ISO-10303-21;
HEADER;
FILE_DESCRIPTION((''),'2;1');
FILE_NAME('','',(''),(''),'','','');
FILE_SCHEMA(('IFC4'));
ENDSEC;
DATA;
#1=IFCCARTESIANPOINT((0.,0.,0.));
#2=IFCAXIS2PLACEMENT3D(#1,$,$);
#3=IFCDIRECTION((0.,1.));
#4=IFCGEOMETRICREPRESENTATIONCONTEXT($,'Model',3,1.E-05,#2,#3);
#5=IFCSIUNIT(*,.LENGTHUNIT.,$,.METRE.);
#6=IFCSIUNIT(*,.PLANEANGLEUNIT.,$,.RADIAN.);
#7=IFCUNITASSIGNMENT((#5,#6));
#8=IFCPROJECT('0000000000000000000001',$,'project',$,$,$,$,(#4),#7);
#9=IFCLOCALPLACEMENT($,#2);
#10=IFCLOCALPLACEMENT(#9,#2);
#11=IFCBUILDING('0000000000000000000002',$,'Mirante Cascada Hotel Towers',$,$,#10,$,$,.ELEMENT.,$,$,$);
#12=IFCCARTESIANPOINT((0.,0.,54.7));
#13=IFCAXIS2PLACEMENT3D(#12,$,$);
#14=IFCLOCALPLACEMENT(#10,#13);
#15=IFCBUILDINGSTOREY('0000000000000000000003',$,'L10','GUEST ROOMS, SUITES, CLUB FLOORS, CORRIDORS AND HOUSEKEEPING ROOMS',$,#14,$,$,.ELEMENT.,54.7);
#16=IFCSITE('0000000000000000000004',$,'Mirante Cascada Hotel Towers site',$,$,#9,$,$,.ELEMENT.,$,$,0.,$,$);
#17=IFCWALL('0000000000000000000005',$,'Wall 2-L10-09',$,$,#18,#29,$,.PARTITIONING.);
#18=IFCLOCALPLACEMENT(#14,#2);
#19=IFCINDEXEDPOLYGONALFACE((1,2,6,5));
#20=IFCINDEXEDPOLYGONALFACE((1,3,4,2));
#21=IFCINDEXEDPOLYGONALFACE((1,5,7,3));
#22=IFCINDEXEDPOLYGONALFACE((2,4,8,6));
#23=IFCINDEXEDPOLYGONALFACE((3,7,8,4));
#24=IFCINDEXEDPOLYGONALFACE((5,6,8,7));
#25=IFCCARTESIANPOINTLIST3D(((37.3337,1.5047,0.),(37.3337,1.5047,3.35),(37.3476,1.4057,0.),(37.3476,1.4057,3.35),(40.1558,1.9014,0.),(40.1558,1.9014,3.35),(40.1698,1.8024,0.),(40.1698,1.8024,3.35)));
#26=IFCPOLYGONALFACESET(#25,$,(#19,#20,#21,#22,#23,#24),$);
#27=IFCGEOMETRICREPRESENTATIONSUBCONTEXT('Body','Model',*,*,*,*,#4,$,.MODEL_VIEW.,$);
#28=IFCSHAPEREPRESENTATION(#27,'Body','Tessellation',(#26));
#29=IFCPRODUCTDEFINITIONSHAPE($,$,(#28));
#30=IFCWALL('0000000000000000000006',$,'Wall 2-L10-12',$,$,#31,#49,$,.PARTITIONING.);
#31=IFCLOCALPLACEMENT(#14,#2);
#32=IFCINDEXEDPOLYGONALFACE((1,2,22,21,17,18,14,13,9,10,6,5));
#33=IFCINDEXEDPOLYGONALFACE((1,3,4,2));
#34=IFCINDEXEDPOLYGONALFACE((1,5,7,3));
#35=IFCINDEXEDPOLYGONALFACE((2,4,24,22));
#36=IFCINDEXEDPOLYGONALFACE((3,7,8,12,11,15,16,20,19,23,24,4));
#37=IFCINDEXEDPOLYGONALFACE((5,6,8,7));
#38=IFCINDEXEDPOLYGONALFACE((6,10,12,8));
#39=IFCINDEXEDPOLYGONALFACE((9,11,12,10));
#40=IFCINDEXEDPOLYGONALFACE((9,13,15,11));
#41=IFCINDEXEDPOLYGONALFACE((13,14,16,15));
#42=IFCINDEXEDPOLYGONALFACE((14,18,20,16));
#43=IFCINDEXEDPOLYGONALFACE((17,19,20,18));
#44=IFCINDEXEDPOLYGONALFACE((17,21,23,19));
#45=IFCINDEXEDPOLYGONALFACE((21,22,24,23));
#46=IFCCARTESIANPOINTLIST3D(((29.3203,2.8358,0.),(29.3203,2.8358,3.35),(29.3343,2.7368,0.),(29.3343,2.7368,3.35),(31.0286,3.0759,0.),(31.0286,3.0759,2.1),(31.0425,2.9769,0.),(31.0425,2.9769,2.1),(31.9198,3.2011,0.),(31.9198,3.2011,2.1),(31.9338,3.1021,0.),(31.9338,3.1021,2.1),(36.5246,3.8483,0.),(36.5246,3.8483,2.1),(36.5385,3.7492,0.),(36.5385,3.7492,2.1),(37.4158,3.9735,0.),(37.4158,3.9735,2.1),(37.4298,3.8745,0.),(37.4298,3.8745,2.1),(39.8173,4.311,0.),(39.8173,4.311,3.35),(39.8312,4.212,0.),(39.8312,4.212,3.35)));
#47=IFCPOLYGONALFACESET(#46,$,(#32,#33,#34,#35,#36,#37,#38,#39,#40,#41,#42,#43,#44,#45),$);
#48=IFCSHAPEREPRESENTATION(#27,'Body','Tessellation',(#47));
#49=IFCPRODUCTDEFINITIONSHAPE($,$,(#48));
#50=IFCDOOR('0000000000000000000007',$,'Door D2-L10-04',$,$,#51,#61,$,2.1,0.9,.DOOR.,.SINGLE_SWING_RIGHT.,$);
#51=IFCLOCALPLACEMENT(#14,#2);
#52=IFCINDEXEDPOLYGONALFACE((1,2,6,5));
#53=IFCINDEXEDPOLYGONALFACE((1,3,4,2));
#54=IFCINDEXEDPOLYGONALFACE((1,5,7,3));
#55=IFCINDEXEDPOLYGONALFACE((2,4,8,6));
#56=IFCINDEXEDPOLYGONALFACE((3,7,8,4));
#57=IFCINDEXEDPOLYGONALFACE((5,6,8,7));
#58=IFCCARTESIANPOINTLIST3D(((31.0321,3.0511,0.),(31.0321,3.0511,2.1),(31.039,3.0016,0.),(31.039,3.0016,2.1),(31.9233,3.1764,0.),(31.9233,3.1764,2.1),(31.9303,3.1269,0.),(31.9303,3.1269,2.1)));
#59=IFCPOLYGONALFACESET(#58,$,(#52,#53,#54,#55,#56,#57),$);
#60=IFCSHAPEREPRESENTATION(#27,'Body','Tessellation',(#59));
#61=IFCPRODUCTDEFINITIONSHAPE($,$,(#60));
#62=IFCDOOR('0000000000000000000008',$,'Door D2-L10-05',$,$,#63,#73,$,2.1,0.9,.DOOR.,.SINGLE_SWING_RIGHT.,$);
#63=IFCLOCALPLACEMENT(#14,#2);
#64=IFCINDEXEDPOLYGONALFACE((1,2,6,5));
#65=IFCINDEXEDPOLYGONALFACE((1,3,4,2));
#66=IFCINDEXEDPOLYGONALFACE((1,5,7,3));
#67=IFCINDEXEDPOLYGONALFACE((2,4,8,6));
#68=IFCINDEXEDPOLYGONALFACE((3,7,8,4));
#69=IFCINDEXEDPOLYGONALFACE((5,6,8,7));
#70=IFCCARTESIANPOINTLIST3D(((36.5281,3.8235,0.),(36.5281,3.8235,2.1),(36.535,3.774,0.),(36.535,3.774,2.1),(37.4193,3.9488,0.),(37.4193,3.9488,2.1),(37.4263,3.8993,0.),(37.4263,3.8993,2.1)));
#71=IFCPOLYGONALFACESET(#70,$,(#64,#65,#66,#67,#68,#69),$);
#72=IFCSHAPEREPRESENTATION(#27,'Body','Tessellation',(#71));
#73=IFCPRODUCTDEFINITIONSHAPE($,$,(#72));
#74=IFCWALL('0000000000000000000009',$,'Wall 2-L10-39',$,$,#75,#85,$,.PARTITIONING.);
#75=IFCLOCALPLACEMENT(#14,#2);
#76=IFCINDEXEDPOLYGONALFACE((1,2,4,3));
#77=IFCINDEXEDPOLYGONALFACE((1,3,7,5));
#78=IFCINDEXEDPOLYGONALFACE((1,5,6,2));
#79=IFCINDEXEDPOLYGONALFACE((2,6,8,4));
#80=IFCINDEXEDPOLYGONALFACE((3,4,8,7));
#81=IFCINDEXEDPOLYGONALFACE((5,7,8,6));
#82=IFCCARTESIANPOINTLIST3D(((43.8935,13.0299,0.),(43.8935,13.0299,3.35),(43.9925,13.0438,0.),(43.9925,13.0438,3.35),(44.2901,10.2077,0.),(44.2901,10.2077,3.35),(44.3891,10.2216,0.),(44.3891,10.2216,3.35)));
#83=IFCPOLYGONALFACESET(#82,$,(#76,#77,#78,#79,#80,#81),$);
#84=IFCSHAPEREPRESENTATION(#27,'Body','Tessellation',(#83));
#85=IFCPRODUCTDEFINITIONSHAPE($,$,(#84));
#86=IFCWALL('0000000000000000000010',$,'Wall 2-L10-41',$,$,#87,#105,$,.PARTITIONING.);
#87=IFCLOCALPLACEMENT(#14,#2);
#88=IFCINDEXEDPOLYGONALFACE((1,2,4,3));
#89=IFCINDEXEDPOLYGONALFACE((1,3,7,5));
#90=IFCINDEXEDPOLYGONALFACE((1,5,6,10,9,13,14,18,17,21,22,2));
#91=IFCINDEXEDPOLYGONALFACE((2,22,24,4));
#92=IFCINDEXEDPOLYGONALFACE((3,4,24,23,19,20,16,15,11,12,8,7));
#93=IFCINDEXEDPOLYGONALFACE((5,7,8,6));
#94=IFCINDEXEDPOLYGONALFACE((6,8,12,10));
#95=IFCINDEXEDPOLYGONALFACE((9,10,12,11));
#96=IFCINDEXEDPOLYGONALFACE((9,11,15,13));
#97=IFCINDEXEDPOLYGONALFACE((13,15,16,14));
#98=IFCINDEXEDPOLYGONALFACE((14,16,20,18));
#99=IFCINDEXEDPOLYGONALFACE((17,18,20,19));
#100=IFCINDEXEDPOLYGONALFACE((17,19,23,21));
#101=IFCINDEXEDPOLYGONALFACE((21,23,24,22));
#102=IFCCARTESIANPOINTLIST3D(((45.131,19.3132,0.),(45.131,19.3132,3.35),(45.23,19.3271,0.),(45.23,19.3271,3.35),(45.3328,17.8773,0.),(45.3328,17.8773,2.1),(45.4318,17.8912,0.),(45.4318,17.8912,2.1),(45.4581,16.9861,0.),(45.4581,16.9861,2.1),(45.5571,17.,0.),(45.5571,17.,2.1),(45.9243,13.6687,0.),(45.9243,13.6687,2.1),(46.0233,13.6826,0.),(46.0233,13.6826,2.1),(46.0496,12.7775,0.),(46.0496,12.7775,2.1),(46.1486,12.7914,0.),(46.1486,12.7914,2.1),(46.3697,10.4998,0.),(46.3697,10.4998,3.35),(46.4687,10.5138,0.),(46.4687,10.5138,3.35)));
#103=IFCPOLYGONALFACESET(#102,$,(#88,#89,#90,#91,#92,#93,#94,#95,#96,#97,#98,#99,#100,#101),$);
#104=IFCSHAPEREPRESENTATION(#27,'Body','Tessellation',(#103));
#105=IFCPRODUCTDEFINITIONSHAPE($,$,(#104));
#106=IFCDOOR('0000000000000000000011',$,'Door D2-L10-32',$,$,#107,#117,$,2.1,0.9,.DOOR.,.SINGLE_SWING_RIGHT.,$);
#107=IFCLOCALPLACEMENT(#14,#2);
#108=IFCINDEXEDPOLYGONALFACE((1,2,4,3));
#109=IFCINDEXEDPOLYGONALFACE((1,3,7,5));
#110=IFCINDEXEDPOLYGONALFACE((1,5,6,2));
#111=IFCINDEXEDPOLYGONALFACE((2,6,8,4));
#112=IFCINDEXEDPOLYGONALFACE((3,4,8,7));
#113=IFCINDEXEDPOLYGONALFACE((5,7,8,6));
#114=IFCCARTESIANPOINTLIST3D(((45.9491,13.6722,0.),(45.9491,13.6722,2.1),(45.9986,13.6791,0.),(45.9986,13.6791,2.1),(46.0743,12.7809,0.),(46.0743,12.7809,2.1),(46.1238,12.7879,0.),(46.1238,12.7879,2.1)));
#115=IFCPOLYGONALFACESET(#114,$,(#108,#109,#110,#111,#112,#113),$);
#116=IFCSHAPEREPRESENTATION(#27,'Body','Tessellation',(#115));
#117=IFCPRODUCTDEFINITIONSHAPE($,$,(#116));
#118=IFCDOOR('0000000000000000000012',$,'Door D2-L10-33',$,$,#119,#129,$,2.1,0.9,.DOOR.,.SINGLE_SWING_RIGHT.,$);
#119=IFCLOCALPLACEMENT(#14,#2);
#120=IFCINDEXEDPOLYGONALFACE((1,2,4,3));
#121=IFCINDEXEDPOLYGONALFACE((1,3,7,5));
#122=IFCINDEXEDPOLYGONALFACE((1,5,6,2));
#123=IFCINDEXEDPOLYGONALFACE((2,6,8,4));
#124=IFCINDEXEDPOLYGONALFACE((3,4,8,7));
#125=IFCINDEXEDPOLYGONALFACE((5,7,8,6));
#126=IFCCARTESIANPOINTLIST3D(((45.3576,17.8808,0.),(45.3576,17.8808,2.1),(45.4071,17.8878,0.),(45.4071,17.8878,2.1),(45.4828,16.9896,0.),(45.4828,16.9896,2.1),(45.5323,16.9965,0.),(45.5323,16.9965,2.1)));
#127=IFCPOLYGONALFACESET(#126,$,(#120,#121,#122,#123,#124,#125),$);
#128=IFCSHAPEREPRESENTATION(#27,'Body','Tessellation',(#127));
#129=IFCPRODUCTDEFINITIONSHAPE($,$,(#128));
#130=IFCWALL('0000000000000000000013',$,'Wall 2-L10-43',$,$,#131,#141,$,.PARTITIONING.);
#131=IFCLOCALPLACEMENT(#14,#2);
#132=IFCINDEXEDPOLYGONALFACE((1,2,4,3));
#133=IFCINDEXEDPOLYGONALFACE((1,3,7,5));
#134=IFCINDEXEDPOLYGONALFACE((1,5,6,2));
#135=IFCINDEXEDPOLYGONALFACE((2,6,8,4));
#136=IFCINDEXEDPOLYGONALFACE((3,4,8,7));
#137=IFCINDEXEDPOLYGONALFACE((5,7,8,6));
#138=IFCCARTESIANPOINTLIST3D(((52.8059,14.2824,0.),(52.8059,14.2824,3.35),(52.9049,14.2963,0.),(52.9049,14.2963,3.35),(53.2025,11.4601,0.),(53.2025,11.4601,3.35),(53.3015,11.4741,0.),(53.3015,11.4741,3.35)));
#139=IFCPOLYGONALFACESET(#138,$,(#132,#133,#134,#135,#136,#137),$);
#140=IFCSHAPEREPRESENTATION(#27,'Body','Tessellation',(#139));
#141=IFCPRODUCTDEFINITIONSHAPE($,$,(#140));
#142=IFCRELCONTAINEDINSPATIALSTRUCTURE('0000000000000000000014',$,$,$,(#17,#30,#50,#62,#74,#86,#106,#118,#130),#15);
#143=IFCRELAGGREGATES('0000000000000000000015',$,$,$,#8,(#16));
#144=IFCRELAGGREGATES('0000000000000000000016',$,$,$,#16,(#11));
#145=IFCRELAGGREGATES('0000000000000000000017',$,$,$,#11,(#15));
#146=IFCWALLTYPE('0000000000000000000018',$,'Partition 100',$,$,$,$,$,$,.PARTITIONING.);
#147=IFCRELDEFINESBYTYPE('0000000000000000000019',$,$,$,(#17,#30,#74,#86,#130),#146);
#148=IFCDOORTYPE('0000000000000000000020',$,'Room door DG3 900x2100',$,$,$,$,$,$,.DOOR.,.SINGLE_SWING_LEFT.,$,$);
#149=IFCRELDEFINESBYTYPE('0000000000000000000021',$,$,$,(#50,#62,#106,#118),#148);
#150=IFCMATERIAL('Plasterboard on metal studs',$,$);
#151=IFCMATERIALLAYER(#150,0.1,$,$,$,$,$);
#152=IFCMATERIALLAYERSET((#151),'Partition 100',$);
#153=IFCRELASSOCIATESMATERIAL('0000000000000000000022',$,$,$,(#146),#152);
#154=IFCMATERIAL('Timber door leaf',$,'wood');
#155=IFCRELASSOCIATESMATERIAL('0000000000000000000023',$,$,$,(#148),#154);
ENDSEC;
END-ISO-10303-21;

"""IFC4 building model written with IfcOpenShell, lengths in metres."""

from ifc_helpers import new_model, si_unit, direction, frame, frame_2d, origin, place, context, subcontext, project, spatial, rectangle, extrude, material, layer, layer_set, type_object, element, fill, save


model = new_model("IFC4")

# Units and contexts
model_context = context("Model", 3, precision=1e-05, world=origin(), true_north=direction((0.0, 1.0)))
body_context = subcontext(model_context, "Body", "Model", "MODEL_VIEW")
ifc_project = project(units=[si_unit("LENGTHUNIT", "METRE"), si_unit("PLANEANGLEUNIT", "RADIAN")], contexts=[model_context])

# Site, building, storey
site_placement = place(None, origin())
site = spatial("IfcSite", under=ifc_project, at=site_placement, Name="Mirante Cascada Hotel Towers site", CompositionType="ELEMENT", RefElevation=0.0)
building_placement = place(site_placement, origin())
building = spatial("IfcBuilding", under=site, at=building_placement, Name="Mirante Cascada Hotel Towers", CompositionType="ELEMENT")
storey_placement = place(building_placement, frame((0.0, 0.0, 54.7)))
storey = spatial("IfcBuildingStorey", under=building, at=storey_placement, Name="L10", Description="GUEST ROOMS, SUITES, CLUB FLOORS, CORRIDORS AND HOUSEKEEPING ROOMS", CompositionType="ELEMENT", Elevation=54.7)

# Wall
ifc_material_1 = material(Name="Plasterboard on metal studs")
ifc_layer_1 = layer(ifc_material_1, 0.1)
ifc_layer_set_1 = layer_set([ifc_layer_1], Name="Partition 100")
wall_type_1 = type_object("IfcWallType", Name="Partition 100", PredefinedType="PARTITIONING", material=ifc_layer_set_1)
wall_1_placement = place(storey_placement, frame((37.3406, 1.4552, 0.0), z_axis=(0.0, 0.0, 1.0), x_axis=(0.990265, 0.139196, 0.0)))
element("IfcWall", 1, at=wall_1_placement, inside=storey, type_object=wall_type_1, Name="Wall 2-L10-09", PredefinedType="PARTITIONING", context=body_context, shape_type="SweptSolid", body=[
    extrude(rectangle(XDim=2.8499, YDim=0.1, at=frame_2d((1.425, 0.0))), origin(), (0.0, 0.0, 1.0), 3.35),
])

# Wall, openings, doors
wall_2_placement = place(storey_placement, frame((39.8242, 4.2615, 0.0), z_axis=(0.0, 0.0, 1.0), x_axis=(-0.990269, -0.139169, 0.0)))
wall_2 = element("IfcWall", 2, at=wall_2_placement, inside=storey, type_object=wall_type_1, Name="Wall 2-L10-12", PredefinedType="PARTITIONING", context=body_context, shape_type="SweptSolid", body=[
    extrude(rectangle(XDim=10.6001, YDim=0.1, at=frame_2d((5.3, 0.0))), origin(), (0.0, 0.0, 1.0), 3.35),
])
opening_1_placement = place(wall_2_placement, frame((7.975, 0.0, 0.0)))
opening_1 = element("IfcOpeningElement", 3, at=opening_1_placement, cuts=wall_2, PredefinedType="OPENING", context=body_context, shape_type="SweptSolid", body=[
    extrude(rectangle(XDim=0.9, YDim=2.1, at=frame_2d((0.45, 1.05))), frame((0.0, 0.05, 0.0), z_axis=(0.0, -1.0, 0.0), x_axis=(1.0, 0.0, 0.0)), (0.0, 0.0, 1.0), 0.1),
])
opening_2_placement = place(wall_2_placement, frame((2.425, 0.0, 0.0)))
opening_2 = element("IfcOpeningElement", 4, at=opening_2_placement, cuts=wall_2, PredefinedType="OPENING", context=body_context, shape_type="SweptSolid", body=[
    extrude(rectangle(XDim=0.9, YDim=2.1, at=frame_2d((0.45, 1.05))), frame((0.0, 0.05, 0.0), z_axis=(0.0, -1.0, 0.0), x_axis=(1.0, 0.0, 0.0)), (0.0, 0.0, 1.0), 0.1),
])
ifc_material_2 = material(Name="Timber door leaf", Category="wood")
door_type_1 = type_object("IfcDoorType", Name="Room door DG3 900x2100", OperationType="SINGLE_SWING_LEFT", PredefinedType="DOOR", material=ifc_material_2)
door_1_placement = place(opening_1_placement, frame((0.9, 0.0, 0.0), z_axis=(0.0, 0.0, 1.0), x_axis=(-1.0, 0.0, 0.0)))
door_1 = element("IfcDoor", 5, at=door_1_placement, inside=storey, type_object=door_type_1, Name="Door D2-L10-04", OperationType="SINGLE_SWING_RIGHT", OverallHeight=2.1, OverallWidth=0.9, PredefinedType="DOOR", context=body_context, shape_type="SweptSolid", body=[
    extrude(rectangle(XDim=0.9, YDim=2.1, at=frame_2d((0.45, 1.05))), frame((0.0, 0.025, 0.0), z_axis=(0.0, -1.0, 0.0), x_axis=(1.0, 0.0, 0.0)), (0.0, 0.0, 1.0), 0.05),
])
fill(opening_1, door_1)
door_2_placement = place(opening_2_placement, frame((0.9, 0.0, 0.0), z_axis=(0.0, 0.0, 1.0), x_axis=(-1.0, 0.0, 0.0)))
door_2 = element("IfcDoor", 6, at=door_2_placement, inside=storey, type_object=door_type_1, Name="Door D2-L10-05", OperationType="SINGLE_SWING_RIGHT", OverallHeight=2.1, OverallWidth=0.9, PredefinedType="DOOR", context=body_context, shape_type="SweptSolid", body=[
    extrude(rectangle(XDim=0.9, YDim=2.1, at=frame_2d((0.45, 1.05))), frame((0.0, 0.025, 0.0), z_axis=(0.0, -1.0, 0.0), x_axis=(1.0, 0.0, 0.0)), (0.0, 0.0, 1.0), 0.05),
])
fill(opening_2, door_2)

# Wall
wall_3_placement = place(storey_placement, frame((44.3396, 10.2146, 0.0), z_axis=(0.0, 0.0, 1.0), x_axis=(-0.139161, 0.99027, 0.0)))
element("IfcWall", 7, at=wall_3_placement, inside=storey, type_object=wall_type_1, Name="Wall 2-L10-39", PredefinedType="PARTITIONING", context=body_context, shape_type="SweptSolid", body=[
    extrude(rectangle(XDim=2.8499, YDim=0.1, at=frame_2d((1.425, 0.0))), origin(), (0.0, 0.0, 1.0), 3.35),
])

# Wall, openings, doors
wall_4_placement = place(storey_placement, frame((46.4192, 10.5068, 0.0), z_axis=(0.0, 0.0, 1.0), x_axis=(-0.139179, 0.990267, 0.0)))
wall_4 = element("IfcWall", 8, at=wall_4_placement, inside=storey, type_object=wall_type_1, Name="Wall 2-L10-41", PredefinedType="PARTITIONING", context=body_context, shape_type="SweptSolid", body=[
    extrude(rectangle(XDim=8.9, YDim=0.1, at=frame_2d((4.45, 0.0))), origin(), (0.0, 0.0, 1.0), 3.35),
])
opening_3_placement = place(wall_4_placement, frame((2.3, 0.0, 0.0)))
opening_3 = element("IfcOpeningElement", 9, at=opening_3_placement, cuts=wall_4, PredefinedType="OPENING", context=body_context, shape_type="SweptSolid", body=[
    extrude(rectangle(XDim=0.9, YDim=2.1, at=frame_2d((0.45, 1.05))), frame((0.0, 0.05, 0.0), z_axis=(0.0, -1.0, 0.0), x_axis=(1.0, 0.0, 0.0)), (0.0, 0.0, 1.0), 0.1),
])
opening_4_placement = place(wall_4_placement, frame((6.55, 0.0, 0.0)))
opening_4 = element("IfcOpeningElement", 10, at=opening_4_placement, cuts=wall_4, PredefinedType="OPENING", context=body_context, shape_type="SweptSolid", body=[
    extrude(rectangle(XDim=0.9, YDim=2.1, at=frame_2d((0.45, 1.05))), frame((0.0, 0.05, 0.0), z_axis=(0.0, -1.0, 0.0), x_axis=(1.0, 0.0, 0.0)), (0.0, 0.0, 1.0), 0.1),
])
door_3_placement = place(opening_3_placement, frame((0.9, 0.0, 0.0), z_axis=(0.0, 0.0, 1.0), x_axis=(-1.0, 0.0, 0.0)))
door_3 = element("IfcDoor", 11, at=door_3_placement, inside=storey, type_object=door_type_1, Name="Door D2-L10-32", OperationType="SINGLE_SWING_RIGHT", OverallHeight=2.1, OverallWidth=0.9, PredefinedType="DOOR", context=body_context, shape_type="SweptSolid", body=[
    extrude(rectangle(XDim=0.9, YDim=2.1, at=frame_2d((0.45, 1.05))), frame((0.0, 0.025, 0.0), z_axis=(0.0, -1.0, 0.0), x_axis=(1.0, 0.0, 0.0)), (0.0, 0.0, 1.0), 0.05),
])
fill(opening_3, door_3)
door_4_placement = place(opening_4_placement, frame((0.9, 0.0, 0.0), z_axis=(0.0, 0.0, 1.0), x_axis=(-1.0, 0.0, 0.0)))
door_4 = element("IfcDoor", 12, at=door_4_placement, inside=storey, type_object=door_type_1, Name="Door D2-L10-33", OperationType="SINGLE_SWING_RIGHT", OverallHeight=2.1, OverallWidth=0.9, PredefinedType="DOOR", context=body_context, shape_type="SweptSolid", body=[
    extrude(rectangle(XDim=0.9, YDim=2.1, at=frame_2d((0.45, 1.05))), frame((0.0, 0.025, 0.0), z_axis=(0.0, -1.0, 0.0), x_axis=(1.0, 0.0, 0.0)), (0.0, 0.0, 1.0), 0.05),
])
fill(opening_4, door_4)

# Wall
wall_5_placement = place(storey_placement, frame((53.252, 11.4671, 0.0), z_axis=(0.0, 0.0, 1.0), x_axis=(-0.139156, 0.99027, 0.0)))
element("IfcWall", 13, at=wall_5_placement, inside=storey, type_object=wall_type_1, Name="Wall 2-L10-43", PredefinedType="PARTITIONING", context=body_context, shape_type="SweptSolid", body=[
    extrude(rectangle(XDim=2.85, YDim=0.1, at=frame_2d((1.425, 0.0))), origin(), (0.0, 0.0, 1.0), 3.35),
])

save(model, "model.ifc")
